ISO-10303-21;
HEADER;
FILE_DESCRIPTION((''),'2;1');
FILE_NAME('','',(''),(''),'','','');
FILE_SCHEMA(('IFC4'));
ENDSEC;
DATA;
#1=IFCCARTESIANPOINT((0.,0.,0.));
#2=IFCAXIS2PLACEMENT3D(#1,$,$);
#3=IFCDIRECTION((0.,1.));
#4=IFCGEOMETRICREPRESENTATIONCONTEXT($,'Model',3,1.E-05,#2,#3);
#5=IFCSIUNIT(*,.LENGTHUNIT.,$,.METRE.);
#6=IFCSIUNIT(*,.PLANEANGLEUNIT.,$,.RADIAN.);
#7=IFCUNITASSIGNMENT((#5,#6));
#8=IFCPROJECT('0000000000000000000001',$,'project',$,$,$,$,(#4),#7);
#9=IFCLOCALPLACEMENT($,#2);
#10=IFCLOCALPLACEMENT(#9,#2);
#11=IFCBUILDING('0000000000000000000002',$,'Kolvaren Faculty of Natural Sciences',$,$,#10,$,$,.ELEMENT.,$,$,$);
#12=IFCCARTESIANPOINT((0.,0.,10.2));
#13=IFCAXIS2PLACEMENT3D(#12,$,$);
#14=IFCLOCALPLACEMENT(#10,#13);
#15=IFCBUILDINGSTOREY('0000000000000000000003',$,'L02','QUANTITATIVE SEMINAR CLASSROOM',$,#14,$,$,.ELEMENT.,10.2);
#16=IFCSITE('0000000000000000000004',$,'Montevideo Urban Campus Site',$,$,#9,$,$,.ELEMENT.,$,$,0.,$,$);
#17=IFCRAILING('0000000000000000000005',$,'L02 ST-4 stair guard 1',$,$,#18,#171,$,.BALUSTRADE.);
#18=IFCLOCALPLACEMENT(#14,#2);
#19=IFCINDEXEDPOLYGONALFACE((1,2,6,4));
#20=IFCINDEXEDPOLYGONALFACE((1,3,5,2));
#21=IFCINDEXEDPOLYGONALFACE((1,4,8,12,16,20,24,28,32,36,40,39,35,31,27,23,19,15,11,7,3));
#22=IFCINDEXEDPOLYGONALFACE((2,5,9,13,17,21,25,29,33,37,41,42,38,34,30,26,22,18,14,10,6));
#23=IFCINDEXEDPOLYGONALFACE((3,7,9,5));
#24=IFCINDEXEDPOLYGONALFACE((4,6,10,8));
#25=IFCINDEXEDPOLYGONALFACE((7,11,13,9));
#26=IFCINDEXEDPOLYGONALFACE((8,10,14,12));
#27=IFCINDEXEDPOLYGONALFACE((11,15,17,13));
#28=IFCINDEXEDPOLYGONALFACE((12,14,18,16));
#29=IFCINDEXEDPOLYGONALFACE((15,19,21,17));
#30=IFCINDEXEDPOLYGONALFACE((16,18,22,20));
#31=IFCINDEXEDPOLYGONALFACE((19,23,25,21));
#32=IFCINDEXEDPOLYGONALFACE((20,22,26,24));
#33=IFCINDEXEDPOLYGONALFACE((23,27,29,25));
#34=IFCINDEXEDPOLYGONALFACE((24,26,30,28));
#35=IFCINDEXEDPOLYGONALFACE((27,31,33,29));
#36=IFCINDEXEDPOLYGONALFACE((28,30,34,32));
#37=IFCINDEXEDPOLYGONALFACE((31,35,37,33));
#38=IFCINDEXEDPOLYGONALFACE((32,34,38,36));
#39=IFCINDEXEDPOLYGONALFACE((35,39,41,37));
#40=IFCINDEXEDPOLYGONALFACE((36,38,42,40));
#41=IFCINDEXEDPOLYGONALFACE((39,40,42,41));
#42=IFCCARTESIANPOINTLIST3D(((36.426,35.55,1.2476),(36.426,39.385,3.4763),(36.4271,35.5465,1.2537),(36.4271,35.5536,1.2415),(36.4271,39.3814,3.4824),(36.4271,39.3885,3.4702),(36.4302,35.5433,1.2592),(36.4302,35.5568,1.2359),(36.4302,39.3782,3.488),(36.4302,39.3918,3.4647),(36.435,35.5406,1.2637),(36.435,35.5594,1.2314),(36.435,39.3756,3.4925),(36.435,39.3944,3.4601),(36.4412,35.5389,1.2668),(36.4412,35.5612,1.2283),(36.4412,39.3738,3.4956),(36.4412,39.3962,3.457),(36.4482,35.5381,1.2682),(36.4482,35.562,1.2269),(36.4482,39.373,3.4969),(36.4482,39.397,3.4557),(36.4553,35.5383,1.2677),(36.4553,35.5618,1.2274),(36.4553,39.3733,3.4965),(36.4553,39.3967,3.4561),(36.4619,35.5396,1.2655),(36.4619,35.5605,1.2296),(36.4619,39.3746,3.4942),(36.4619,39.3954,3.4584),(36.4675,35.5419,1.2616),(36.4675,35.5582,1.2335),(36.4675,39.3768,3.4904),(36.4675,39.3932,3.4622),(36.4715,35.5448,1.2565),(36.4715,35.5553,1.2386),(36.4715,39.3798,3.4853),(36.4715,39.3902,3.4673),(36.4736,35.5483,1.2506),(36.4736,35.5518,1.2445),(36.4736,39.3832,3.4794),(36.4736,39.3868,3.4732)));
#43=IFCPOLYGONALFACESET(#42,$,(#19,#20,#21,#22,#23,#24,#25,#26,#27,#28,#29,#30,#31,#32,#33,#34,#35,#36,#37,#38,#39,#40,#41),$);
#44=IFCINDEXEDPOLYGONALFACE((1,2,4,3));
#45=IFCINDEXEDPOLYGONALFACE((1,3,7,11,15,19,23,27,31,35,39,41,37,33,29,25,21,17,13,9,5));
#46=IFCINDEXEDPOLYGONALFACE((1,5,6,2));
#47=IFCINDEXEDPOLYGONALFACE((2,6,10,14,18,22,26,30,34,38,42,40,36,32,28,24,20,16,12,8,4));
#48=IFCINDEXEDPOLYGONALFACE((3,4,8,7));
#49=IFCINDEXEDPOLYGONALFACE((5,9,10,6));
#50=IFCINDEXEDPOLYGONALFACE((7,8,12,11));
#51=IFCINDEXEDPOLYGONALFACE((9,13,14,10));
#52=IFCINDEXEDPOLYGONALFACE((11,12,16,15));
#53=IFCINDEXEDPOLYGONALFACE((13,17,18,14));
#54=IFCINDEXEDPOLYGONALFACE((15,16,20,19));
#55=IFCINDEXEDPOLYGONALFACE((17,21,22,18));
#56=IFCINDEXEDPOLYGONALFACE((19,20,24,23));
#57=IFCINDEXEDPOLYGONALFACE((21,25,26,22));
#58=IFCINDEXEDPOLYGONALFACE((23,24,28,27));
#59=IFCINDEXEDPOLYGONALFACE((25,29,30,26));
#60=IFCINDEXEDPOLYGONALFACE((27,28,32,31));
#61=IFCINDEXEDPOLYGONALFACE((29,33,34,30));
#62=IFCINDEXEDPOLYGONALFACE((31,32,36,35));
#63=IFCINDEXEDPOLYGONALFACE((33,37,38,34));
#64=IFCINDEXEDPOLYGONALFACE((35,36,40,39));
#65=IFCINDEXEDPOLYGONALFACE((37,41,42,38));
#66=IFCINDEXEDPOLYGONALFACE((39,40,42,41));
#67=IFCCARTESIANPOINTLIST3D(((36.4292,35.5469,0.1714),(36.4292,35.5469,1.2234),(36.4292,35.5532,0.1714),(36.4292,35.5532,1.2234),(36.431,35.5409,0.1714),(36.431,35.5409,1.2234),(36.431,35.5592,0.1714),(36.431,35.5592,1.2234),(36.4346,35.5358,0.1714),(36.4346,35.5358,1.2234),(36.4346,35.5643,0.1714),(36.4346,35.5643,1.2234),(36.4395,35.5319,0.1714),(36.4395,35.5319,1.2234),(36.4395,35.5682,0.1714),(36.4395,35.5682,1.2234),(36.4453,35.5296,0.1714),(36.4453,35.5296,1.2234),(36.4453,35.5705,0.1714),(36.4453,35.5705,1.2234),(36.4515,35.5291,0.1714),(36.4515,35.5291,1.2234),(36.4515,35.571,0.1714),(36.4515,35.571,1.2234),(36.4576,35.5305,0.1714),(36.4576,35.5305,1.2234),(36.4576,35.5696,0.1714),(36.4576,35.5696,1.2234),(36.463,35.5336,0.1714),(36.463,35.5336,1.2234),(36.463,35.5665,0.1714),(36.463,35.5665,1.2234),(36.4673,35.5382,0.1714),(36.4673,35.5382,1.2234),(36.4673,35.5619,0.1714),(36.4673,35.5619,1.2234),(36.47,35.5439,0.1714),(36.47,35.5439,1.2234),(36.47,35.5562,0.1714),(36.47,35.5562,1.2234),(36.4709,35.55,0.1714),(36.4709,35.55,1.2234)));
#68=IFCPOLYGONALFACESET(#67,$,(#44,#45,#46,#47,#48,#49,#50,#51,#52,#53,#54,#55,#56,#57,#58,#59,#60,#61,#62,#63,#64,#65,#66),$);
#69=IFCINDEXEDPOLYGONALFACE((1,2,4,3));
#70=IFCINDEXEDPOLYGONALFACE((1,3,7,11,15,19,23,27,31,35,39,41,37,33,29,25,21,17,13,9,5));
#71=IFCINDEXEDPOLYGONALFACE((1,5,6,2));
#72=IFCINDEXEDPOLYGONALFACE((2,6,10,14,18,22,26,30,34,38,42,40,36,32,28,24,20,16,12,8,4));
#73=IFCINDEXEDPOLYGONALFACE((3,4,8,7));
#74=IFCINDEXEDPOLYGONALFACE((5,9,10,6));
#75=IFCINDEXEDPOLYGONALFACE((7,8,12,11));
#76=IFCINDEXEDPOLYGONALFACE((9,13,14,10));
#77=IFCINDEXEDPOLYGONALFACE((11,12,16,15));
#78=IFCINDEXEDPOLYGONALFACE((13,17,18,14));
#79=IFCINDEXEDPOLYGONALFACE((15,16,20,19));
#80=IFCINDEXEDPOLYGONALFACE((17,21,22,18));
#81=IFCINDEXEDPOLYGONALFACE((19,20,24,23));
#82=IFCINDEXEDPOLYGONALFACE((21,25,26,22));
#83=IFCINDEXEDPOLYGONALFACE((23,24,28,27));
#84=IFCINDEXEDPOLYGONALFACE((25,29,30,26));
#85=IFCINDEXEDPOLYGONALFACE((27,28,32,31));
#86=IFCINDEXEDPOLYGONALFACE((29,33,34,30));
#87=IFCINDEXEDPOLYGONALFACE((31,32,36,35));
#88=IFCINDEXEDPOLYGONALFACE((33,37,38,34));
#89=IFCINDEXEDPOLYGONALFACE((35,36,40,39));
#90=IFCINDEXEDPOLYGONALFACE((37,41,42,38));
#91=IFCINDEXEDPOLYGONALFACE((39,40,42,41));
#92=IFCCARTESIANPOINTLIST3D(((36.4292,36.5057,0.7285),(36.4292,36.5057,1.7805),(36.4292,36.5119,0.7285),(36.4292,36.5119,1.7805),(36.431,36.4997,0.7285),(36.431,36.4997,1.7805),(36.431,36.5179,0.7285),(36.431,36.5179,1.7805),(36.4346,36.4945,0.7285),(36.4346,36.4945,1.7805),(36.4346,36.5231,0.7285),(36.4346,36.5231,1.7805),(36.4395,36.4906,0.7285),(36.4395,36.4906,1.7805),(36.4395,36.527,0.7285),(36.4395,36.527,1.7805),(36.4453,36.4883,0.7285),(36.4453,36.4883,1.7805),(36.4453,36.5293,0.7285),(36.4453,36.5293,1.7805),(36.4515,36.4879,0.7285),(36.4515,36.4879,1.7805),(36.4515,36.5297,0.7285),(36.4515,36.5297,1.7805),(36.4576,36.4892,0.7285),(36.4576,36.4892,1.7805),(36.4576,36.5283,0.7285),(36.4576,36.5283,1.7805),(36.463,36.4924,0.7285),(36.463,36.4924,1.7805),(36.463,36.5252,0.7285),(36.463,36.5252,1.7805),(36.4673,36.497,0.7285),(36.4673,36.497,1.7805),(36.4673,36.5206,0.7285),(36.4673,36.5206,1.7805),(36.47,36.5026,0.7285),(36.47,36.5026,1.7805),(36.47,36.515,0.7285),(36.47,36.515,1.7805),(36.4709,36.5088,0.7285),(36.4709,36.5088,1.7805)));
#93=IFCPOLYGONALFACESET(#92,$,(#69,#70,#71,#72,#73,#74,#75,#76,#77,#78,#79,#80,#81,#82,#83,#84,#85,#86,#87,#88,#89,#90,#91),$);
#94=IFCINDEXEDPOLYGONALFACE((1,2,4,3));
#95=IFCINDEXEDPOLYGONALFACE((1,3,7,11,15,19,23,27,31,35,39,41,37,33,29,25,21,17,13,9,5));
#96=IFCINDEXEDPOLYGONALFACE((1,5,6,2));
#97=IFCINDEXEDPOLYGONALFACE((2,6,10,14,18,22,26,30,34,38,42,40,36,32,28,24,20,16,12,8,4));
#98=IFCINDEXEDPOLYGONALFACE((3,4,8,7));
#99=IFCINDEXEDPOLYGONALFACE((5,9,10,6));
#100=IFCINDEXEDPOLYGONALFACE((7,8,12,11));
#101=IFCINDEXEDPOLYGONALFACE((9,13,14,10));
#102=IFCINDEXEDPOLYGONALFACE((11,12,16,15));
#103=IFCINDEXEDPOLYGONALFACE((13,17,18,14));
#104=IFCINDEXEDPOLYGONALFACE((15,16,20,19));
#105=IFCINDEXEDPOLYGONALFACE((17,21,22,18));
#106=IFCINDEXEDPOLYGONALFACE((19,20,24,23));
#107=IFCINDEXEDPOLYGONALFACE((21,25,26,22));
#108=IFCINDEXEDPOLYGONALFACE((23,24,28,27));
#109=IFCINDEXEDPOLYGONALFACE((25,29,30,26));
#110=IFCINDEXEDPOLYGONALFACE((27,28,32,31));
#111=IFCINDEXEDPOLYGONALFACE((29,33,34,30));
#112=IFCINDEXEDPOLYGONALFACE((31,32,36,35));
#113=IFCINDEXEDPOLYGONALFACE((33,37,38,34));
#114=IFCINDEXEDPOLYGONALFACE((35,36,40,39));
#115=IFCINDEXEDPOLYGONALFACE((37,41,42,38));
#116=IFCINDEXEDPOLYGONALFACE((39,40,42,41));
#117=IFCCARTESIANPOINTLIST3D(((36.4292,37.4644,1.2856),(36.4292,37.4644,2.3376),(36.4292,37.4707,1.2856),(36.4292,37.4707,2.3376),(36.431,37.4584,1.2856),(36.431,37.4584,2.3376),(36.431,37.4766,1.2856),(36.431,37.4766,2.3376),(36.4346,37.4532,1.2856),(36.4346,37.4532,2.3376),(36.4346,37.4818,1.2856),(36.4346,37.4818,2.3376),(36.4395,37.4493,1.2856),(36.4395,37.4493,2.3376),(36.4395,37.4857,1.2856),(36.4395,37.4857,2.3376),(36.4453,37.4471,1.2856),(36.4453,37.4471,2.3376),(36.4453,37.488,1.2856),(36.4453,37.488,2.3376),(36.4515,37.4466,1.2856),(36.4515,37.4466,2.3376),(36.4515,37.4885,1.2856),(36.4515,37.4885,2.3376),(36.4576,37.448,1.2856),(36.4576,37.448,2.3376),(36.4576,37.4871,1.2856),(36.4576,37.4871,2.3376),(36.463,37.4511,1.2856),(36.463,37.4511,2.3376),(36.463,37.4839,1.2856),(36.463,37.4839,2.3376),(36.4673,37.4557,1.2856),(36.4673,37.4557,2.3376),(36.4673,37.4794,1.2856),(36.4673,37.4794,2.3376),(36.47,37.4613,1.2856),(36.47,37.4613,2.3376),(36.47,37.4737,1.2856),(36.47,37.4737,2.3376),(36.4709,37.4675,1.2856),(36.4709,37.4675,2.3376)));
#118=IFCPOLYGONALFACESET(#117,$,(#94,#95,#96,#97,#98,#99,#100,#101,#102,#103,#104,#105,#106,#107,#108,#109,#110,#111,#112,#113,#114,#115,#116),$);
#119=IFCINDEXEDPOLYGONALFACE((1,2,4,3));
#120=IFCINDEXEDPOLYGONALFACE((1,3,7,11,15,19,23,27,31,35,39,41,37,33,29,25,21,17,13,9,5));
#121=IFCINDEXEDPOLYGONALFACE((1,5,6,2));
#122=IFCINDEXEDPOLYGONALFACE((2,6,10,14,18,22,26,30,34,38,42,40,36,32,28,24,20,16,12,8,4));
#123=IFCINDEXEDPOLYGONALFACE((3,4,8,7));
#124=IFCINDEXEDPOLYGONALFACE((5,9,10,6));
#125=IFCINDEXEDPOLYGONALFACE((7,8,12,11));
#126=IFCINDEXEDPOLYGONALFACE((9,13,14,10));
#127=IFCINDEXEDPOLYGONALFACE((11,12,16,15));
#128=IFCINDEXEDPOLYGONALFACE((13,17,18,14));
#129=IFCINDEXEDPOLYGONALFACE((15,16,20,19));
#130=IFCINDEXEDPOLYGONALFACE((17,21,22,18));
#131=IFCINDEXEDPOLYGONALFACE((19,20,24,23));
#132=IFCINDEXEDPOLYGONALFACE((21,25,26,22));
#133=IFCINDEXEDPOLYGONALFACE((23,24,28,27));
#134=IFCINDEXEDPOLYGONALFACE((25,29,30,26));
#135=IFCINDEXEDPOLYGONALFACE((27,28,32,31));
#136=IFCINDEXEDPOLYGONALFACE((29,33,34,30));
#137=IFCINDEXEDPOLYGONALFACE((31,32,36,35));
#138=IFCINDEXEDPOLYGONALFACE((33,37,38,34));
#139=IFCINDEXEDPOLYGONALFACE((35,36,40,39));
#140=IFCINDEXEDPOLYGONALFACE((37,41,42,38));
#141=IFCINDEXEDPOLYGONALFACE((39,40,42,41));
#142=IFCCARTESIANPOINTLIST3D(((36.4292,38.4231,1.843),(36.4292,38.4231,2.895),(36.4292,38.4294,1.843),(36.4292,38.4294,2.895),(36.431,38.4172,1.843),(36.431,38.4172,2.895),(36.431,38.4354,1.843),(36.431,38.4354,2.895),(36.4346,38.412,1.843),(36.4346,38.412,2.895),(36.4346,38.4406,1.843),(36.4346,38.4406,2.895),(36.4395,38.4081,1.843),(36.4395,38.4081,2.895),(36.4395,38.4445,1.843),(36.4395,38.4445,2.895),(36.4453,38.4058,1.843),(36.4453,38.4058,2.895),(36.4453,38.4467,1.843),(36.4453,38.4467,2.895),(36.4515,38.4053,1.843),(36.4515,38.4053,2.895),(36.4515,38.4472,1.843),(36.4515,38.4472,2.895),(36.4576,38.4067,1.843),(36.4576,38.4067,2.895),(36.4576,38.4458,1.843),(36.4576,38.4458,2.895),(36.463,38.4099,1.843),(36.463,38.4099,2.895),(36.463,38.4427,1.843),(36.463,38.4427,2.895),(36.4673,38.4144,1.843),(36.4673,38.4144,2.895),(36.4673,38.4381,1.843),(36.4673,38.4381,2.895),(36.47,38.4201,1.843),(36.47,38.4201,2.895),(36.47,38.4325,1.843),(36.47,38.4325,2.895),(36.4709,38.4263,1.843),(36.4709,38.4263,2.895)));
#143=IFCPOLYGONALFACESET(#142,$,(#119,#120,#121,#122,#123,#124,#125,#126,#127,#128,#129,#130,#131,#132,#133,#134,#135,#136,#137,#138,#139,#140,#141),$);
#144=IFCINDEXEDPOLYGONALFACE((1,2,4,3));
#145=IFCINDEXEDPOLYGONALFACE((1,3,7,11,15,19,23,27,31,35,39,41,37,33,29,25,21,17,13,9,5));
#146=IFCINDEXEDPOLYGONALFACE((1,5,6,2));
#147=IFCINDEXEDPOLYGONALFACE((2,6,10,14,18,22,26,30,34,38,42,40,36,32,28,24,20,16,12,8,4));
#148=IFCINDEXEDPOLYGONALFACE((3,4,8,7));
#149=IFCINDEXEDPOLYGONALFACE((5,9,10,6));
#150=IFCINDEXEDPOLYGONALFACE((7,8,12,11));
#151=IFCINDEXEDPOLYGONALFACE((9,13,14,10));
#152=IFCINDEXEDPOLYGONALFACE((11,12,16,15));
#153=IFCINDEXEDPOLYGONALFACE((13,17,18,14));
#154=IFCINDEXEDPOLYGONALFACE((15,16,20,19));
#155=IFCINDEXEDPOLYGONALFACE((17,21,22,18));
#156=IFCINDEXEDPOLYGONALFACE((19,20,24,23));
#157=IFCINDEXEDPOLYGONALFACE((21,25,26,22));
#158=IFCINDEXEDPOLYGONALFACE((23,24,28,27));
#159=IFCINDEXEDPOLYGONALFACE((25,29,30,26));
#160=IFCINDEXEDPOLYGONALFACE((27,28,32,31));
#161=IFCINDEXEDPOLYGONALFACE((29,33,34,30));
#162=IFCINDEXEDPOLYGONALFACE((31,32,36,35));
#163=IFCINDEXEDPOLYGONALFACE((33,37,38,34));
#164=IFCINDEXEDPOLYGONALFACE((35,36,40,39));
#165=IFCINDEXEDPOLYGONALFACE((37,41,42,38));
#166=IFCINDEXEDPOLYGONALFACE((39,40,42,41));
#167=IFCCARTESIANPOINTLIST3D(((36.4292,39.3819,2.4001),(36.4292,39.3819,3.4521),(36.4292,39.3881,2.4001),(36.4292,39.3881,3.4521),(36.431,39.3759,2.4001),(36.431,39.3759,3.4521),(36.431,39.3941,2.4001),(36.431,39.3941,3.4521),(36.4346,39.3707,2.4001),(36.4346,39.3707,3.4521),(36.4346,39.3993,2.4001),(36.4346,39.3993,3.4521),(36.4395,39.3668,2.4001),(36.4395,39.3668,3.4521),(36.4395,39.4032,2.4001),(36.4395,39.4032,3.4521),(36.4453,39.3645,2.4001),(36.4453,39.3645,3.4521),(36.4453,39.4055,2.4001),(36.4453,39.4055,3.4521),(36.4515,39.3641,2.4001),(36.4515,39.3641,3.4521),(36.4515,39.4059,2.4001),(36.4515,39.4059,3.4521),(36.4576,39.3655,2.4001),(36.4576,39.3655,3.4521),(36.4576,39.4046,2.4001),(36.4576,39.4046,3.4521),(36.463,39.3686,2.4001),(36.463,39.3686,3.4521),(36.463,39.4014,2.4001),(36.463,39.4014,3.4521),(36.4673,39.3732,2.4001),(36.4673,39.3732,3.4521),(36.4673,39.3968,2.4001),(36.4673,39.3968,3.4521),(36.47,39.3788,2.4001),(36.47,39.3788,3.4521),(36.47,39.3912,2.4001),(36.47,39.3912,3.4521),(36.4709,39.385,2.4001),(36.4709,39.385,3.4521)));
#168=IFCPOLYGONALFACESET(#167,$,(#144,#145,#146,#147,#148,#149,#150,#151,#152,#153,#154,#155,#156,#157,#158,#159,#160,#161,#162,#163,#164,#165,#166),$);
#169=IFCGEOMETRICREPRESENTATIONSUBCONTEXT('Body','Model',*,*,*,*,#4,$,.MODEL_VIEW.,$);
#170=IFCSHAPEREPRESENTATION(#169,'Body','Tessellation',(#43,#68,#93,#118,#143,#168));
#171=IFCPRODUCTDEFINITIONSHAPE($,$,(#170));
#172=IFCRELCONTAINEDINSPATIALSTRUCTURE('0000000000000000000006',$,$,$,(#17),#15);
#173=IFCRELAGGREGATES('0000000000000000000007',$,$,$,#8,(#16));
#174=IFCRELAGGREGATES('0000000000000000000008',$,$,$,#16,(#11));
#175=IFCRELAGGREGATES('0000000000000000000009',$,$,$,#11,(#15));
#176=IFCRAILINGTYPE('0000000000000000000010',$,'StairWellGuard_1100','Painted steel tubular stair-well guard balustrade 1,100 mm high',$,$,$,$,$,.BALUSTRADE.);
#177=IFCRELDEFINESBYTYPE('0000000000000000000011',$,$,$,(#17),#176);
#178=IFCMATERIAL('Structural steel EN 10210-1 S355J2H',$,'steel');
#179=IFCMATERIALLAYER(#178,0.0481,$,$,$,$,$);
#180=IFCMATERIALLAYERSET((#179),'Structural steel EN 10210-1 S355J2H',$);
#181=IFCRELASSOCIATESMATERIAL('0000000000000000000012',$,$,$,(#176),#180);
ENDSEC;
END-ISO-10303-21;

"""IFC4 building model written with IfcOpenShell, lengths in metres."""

from ifc_helpers import new_model, si_unit, direction, frame, origin, origin_2d, place, context, subcontext, project, spatial, circle, extrude, material, layer, layer_set, type_object, element, save


model = new_model("IFC4")

# Units and contexts
model_context = context("Model", 3, precision=1e-05, world=origin(), true_north=direction((0.0, 1.0)))
body_context = subcontext(model_context, "Body", "Model", "MODEL_VIEW")
ifc_project = project(units=[si_unit("LENGTHUNIT", "METRE"), si_unit("PLANEANGLEUNIT", "RADIAN")], contexts=[model_context])

# Site, building, storey
site_placement = place(None, origin())
site = spatial("IfcSite", under=ifc_project, at=site_placement, Name="Montevideo Urban Campus Site", CompositionType="ELEMENT", RefElevation=0.0)
building_placement = place(site_placement, origin())
building = spatial("IfcBuilding", under=site, at=building_placement, Name="Kolvaren Faculty of Natural Sciences", CompositionType="ELEMENT")
storey_placement = place(building_placement, frame((0.0, 0.0, 10.2)))
storey = spatial("IfcBuildingStorey", under=building, at=storey_placement, Name="L02", Description="QUANTITATIVE SEMINAR CLASSROOM", CompositionType="ELEMENT", Elevation=10.2)

# Railing
ifc_material_1 = material(Name="Structural steel EN 10210-1 S355J2H", Category="steel")
ifc_layer_1 = layer(ifc_material_1, 0.0481)
ifc_layer_set_1 = layer_set([ifc_layer_1], Name="Structural steel EN 10210-1 S355J2H")
railing_type_1 = type_object("IfcRailingType", Name="StairWellGuard_1100", Description="Painted steel tubular stair-well guard balustrade 1,100 mm high", PredefinedType="BALUSTRADE", material=ifc_layer_set_1)
railing_1_placement = place(storey_placement, frame((36.45, 35.55, 0.1714)))
element("IfcRailing", 1, at=railing_1_placement, inside=storey, type_object=railing_type_1, Name="L02 ST-4 stair guard 1", PredefinedType="BALUSTRADE", context=body_context, shape_type="SweptSolid", body=[
    extrude(circle(Radius=0.0239, at=origin_2d()), frame((0.0, 0.0, 1.0762), z_axis=(0.0, 0.864592, 0.502474), x_axis=(-1.0, 0.0, 0.0)), (0.0, 0.0, 1.0), 4.4355),
    extrude(circle(Radius=0.021, at=origin_2d()), origin(), (0.0, 0.0, 1.0), 1.052),
    extrude(circle(Radius=0.021, at=origin_2d()), frame((0.0, 0.9587, 0.5571)), (0.0, 0.0, 1.0), 1.052),
    extrude(circle(Radius=0.021, at=origin_2d()), frame((0.0, 1.9175, 1.1143)), (0.0, 0.0, 1.0), 1.052),
    extrude(circle(Radius=0.021, at=origin_2d()), frame((0.0, 2.8762, 1.6716)), (0.0, 0.0, 1.0), 1.052),
    extrude(circle(Radius=0.021, at=origin_2d()), frame((0.0, 3.835, 2.2288)), (0.0, 0.0, 1.0), 1.052),
])

save(model, "model.ifc")
